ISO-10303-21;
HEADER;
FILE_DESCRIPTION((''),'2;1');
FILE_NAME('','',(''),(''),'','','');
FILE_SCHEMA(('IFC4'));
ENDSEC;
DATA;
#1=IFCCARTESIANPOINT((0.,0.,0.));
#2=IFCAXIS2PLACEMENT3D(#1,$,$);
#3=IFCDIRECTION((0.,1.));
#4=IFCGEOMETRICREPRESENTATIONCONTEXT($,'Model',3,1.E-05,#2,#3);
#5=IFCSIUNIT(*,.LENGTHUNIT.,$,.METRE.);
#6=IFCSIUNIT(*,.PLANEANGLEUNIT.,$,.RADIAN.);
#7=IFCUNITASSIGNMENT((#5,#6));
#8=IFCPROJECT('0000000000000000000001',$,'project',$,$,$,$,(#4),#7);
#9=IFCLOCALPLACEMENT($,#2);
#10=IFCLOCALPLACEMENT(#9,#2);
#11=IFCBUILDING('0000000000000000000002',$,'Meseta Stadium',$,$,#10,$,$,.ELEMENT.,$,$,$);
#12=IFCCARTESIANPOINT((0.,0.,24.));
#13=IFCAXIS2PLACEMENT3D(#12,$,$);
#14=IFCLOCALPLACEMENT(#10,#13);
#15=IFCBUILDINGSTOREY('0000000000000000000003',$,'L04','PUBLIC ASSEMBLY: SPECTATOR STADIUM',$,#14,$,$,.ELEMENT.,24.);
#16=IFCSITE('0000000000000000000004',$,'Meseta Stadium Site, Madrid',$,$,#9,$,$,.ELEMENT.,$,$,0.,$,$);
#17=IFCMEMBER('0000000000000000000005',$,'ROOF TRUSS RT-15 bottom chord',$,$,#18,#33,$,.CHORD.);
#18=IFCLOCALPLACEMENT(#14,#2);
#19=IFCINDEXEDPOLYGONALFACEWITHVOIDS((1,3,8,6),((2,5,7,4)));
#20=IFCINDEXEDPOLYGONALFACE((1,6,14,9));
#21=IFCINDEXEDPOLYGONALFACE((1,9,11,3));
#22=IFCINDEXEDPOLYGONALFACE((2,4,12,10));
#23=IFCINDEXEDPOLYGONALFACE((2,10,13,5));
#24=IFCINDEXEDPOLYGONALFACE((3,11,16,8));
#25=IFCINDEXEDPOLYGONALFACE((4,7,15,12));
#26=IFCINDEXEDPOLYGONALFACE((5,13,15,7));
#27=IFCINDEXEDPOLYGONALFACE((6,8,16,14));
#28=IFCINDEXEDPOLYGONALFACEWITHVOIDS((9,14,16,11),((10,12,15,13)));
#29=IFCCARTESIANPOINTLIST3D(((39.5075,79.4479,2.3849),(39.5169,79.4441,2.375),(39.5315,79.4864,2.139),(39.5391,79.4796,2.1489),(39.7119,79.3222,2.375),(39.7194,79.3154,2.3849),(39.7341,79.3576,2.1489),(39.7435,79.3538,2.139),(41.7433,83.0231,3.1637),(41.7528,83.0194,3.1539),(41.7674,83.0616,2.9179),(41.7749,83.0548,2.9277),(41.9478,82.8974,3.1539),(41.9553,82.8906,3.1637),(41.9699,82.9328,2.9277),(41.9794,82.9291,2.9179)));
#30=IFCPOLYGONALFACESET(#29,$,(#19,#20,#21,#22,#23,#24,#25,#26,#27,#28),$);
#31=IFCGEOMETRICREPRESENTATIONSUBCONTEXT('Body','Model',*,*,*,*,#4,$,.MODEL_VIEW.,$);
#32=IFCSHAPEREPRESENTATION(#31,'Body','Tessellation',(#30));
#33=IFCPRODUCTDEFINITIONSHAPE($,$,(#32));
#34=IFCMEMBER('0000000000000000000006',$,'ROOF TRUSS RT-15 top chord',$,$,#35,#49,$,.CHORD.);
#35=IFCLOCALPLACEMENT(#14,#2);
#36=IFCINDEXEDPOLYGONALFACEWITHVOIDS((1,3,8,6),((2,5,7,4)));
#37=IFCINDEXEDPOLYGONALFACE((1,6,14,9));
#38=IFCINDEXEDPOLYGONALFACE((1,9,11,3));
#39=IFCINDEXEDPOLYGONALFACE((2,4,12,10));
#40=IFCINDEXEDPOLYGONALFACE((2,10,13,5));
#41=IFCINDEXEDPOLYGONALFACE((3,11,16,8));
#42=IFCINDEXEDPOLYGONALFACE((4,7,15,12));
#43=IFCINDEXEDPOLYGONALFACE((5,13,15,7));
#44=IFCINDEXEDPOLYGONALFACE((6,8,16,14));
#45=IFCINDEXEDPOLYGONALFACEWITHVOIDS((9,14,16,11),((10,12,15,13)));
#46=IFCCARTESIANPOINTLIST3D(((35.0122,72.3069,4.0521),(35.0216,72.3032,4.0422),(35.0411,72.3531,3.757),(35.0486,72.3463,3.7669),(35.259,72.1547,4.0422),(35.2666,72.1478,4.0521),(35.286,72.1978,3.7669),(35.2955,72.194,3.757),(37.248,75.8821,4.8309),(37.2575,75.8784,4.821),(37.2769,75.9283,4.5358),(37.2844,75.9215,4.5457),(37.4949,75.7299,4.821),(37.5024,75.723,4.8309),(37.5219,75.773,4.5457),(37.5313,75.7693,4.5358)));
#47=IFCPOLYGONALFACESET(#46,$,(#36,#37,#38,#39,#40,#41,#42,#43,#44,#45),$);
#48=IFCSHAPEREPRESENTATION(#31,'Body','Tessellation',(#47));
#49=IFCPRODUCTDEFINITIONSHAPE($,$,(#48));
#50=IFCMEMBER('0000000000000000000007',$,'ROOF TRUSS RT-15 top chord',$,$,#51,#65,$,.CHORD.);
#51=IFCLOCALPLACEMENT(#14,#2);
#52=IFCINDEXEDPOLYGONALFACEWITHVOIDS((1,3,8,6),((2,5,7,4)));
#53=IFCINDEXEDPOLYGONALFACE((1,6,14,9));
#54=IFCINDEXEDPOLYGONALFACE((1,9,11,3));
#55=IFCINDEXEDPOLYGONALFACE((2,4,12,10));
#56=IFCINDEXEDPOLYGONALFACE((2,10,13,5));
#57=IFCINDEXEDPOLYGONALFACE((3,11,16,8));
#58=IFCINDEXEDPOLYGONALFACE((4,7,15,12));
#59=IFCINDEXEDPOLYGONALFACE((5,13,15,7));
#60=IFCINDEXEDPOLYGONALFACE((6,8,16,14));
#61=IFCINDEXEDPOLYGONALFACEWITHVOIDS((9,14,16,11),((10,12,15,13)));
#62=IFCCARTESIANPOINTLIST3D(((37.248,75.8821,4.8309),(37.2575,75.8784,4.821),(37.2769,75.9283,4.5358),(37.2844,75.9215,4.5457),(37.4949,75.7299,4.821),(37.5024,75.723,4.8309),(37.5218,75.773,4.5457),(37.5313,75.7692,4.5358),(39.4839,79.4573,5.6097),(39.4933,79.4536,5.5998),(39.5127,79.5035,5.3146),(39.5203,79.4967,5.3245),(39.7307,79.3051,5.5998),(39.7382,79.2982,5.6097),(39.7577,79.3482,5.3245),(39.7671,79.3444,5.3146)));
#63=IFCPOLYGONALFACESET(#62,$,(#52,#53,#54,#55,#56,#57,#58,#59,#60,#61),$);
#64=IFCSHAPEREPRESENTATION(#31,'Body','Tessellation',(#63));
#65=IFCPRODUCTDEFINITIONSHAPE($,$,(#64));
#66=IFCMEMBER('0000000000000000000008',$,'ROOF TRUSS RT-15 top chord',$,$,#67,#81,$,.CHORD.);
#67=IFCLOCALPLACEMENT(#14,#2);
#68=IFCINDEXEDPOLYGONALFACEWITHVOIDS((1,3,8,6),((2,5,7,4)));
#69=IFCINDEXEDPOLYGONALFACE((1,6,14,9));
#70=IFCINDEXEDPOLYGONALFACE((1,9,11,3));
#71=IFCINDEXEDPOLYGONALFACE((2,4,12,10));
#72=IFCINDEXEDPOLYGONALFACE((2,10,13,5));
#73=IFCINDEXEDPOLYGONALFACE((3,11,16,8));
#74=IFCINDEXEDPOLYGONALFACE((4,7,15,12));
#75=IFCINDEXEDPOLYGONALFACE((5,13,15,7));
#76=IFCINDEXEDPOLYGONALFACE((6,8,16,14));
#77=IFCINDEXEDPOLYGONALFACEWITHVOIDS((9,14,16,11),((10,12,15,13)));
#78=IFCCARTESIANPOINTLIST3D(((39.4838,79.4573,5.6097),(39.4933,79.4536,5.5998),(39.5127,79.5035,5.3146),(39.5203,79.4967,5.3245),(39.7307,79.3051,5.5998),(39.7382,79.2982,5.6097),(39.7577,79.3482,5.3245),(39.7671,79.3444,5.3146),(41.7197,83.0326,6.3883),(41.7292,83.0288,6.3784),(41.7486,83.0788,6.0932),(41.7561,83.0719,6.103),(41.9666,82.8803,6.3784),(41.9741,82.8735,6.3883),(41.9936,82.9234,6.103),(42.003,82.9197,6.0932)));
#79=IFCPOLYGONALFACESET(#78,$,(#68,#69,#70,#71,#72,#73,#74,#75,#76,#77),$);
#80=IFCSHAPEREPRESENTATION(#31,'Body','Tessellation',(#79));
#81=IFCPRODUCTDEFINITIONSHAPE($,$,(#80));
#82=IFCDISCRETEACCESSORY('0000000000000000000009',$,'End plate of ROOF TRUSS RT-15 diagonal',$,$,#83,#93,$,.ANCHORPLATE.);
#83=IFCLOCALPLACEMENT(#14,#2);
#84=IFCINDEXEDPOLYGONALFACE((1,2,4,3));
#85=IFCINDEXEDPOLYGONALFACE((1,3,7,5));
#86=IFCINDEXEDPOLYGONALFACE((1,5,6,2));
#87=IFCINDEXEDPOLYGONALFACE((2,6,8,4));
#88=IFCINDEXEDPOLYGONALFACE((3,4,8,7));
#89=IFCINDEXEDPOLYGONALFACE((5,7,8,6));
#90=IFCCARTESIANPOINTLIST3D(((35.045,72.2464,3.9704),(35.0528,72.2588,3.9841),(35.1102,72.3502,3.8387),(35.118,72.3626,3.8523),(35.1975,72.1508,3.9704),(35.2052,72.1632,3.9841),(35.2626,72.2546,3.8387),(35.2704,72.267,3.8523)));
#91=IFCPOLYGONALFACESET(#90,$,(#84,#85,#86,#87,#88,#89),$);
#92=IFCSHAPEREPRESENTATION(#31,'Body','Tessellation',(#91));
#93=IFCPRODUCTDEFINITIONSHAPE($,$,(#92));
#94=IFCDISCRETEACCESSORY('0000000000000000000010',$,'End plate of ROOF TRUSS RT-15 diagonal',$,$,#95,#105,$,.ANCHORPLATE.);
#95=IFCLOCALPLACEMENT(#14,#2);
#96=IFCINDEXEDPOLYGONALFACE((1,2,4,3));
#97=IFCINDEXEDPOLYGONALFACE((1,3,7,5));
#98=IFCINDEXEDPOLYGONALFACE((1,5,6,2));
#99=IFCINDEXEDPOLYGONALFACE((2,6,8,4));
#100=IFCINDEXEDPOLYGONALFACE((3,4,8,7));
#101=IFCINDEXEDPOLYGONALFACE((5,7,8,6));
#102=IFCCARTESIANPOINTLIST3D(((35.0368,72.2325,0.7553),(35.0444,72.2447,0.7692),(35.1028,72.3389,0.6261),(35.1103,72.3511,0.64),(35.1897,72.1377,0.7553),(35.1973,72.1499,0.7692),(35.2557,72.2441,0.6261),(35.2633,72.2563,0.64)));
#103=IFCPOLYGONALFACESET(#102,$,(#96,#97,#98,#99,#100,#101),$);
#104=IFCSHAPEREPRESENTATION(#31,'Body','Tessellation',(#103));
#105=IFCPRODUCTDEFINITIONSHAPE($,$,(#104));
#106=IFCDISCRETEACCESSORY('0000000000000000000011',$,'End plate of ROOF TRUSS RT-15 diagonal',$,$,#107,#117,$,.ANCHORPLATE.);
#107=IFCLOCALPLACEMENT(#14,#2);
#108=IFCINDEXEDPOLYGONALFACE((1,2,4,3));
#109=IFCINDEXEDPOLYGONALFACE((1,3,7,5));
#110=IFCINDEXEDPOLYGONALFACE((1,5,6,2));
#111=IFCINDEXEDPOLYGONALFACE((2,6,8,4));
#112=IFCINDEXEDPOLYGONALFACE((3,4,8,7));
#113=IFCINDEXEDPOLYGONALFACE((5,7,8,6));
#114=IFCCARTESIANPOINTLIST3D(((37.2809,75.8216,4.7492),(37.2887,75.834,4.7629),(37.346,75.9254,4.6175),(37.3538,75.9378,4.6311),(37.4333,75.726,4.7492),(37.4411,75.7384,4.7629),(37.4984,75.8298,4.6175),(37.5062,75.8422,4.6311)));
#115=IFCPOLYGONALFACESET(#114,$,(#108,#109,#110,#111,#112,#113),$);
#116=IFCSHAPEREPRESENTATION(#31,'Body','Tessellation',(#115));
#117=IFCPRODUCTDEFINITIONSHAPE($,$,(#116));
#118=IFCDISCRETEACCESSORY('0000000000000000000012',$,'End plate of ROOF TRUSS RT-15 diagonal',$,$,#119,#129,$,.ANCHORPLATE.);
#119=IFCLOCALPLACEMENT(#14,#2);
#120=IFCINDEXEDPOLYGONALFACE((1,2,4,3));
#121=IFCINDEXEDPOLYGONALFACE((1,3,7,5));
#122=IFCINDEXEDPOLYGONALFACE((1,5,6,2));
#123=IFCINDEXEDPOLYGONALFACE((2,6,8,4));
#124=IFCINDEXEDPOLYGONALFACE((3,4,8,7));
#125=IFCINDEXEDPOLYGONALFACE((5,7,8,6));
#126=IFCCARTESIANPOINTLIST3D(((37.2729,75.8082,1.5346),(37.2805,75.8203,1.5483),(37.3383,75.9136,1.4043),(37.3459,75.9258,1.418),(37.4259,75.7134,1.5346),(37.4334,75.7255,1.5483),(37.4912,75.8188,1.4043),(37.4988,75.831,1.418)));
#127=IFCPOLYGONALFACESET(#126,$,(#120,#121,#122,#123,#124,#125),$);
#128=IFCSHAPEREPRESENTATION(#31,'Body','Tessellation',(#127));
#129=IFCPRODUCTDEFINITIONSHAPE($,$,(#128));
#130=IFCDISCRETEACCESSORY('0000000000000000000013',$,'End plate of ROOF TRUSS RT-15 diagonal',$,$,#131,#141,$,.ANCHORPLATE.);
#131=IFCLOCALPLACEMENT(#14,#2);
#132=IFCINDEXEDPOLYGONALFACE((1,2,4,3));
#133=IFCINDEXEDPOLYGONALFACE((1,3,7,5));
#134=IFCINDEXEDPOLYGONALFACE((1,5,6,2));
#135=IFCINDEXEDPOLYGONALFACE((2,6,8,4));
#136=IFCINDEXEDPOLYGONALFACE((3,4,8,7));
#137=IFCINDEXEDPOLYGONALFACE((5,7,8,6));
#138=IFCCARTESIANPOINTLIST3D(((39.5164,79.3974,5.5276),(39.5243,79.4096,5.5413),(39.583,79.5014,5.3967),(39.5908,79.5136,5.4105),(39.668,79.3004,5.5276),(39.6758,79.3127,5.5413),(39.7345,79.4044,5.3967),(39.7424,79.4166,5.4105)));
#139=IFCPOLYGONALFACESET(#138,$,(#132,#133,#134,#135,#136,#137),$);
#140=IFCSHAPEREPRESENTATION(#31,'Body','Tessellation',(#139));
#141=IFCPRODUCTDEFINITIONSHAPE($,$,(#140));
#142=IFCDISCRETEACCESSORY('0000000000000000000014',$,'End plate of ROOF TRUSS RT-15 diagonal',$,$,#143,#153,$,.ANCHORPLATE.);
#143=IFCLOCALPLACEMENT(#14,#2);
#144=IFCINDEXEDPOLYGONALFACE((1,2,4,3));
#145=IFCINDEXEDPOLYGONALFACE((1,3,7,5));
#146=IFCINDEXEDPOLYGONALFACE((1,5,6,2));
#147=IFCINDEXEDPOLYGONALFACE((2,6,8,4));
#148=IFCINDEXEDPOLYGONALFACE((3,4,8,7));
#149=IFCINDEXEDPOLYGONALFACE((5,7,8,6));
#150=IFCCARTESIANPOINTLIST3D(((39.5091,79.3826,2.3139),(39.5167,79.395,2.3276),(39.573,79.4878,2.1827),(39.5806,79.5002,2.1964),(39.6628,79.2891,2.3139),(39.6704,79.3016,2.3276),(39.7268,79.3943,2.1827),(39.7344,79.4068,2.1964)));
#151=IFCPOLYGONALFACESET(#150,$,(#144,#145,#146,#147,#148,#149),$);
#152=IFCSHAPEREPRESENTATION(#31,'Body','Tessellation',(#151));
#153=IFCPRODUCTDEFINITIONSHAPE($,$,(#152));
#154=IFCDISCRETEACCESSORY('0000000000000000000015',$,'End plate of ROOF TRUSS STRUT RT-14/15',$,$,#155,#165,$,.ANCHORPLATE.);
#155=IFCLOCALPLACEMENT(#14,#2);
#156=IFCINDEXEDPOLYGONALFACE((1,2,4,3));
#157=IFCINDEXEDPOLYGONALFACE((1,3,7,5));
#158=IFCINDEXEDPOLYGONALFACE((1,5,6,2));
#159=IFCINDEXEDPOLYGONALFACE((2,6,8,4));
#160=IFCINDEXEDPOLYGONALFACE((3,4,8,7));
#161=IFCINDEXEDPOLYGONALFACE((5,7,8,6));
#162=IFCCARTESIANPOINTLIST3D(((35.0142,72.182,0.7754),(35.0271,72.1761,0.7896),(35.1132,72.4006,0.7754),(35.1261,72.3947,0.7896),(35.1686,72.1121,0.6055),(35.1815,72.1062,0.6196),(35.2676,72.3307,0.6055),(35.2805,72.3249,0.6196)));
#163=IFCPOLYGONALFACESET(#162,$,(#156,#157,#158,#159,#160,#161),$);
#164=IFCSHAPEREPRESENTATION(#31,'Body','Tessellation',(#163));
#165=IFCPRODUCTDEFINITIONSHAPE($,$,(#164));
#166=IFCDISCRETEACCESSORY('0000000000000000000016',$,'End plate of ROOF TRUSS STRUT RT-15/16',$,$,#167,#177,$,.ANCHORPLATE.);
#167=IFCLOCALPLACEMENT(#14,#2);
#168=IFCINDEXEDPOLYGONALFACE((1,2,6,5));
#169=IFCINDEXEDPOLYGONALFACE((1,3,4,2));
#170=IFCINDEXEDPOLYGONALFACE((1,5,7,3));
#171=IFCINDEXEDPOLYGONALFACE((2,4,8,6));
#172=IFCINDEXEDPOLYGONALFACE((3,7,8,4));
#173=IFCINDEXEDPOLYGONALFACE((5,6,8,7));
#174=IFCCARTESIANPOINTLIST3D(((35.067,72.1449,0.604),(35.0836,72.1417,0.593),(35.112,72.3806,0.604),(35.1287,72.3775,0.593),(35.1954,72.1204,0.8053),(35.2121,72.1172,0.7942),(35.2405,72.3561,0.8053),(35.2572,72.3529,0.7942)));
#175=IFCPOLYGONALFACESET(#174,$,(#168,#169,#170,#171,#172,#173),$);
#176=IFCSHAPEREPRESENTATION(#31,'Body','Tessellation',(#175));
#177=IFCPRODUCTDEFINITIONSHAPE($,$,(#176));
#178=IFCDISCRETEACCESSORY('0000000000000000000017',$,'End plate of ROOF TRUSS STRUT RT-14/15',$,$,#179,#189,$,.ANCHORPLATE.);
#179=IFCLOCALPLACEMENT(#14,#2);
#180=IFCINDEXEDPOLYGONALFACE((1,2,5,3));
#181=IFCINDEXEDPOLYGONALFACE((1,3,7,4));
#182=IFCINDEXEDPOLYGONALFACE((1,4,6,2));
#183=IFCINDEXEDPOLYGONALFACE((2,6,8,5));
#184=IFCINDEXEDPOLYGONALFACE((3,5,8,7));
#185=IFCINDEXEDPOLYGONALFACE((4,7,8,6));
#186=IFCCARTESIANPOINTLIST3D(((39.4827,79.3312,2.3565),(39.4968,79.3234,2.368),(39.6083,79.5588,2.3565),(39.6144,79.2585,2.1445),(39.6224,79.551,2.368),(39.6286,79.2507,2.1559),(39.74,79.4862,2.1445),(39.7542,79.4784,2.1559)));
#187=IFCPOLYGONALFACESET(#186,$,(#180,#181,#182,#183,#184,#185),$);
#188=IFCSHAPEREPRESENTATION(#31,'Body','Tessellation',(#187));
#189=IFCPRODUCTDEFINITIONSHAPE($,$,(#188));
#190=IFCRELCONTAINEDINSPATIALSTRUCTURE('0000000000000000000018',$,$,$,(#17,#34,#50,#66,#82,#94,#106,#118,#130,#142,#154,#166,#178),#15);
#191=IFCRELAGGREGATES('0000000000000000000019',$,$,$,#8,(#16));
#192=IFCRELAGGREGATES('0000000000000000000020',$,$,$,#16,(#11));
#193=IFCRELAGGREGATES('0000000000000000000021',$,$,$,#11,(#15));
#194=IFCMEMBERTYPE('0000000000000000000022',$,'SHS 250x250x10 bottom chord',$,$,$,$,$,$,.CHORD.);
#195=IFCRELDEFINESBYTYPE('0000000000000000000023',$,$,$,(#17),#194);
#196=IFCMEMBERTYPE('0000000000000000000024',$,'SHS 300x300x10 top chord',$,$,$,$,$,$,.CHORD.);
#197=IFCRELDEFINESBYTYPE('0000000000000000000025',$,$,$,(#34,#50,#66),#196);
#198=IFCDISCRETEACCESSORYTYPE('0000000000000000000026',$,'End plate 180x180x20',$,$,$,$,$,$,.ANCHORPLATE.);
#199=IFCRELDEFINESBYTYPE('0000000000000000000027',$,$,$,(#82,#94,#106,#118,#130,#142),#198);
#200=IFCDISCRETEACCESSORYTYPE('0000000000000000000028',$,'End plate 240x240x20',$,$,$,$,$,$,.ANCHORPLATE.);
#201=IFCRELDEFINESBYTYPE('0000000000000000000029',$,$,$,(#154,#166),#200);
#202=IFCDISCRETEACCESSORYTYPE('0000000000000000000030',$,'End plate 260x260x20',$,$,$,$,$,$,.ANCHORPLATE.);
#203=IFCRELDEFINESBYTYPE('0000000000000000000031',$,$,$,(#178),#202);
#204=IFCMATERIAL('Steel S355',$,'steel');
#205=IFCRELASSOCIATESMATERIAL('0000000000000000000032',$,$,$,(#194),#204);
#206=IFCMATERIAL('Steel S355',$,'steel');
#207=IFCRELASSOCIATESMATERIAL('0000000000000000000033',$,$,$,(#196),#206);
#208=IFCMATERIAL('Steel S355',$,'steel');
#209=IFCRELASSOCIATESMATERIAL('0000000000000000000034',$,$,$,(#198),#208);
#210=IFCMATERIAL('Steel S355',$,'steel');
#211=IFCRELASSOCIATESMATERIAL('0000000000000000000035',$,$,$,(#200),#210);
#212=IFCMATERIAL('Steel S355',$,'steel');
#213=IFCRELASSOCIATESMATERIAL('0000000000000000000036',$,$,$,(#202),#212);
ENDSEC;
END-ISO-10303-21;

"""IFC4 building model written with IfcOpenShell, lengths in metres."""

from ifc_helpers import new_model, si_unit, direction, frame, origin, origin_2d, place, context, subcontext, project, spatial, rectangle, hollow_rectangle, extrude, material, material_profile, profile_set, type_object, element, save


model = new_model("IFC4")

# Units and contexts
model_context = context("Model", 3, precision=1e-05, world=origin(), true_north=direction((0.0, 1.0)))
body_context = subcontext(model_context, "Body", "Model", "MODEL_VIEW")
ifc_project = project(units=[si_unit("LENGTHUNIT", "METRE"), si_unit("PLANEANGLEUNIT", "RADIAN")], contexts=[model_context])

# Site, building, storey
site_placement = place(None, origin())
site = spatial("IfcSite", under=ifc_project, at=site_placement, Name="Meseta Stadium Site, Madrid", CompositionType="ELEMENT", RefElevation=0.0)
building_placement = place(site_placement, origin())
building = spatial("IfcBuilding", under=site, at=building_placement, Name="Meseta Stadium", CompositionType="ELEMENT")
storey_placement = place(building_placement, frame((0.0, 0.0, 24.0)))
storey = spatial("IfcBuildingStorey", under=building, at=storey_placement, Name="L04", Description="PUBLIC ASSEMBLY: SPECTATOR STADIUM", CompositionType="ELEMENT", Elevation=24.0)

# Members
ifc_material_1 = material(Name="Steel S355", Category="steel")
ifc_material_profile_1 = material_profile(ifc_material_1, hollow_rectangle(XDim=0.25, YDim=0.25, WallThickness=0.01, at=origin_2d()), Name="SHS 250x250x10")
ifc_profile_set_1 = profile_set([ifc_material_profile_1], Name="Steel S355")
member_type_1 = type_object("IfcMemberType", Name="SHS 250x250x10 bottom chord", PredefinedType="CHORD", material=ifc_profile_set_1)
for number, where, z_axis, x_axis, name in (
    (1, (39.6255, 79.4009, 2.262), (0.521409, 0.833754, 0.181622), (-0.847855, 0.530228, 0.0), "ROOF TRUSS RT-15 bottom chord"),
):
    element("IfcMember", number, at=place(storey_placement, frame(where, z_axis=z_axis, x_axis=x_axis)), inside=storey, type_object=member_type_1, Name=name, PredefinedType="CHORD", context=body_context, shape_type="SweptSolid", body=[
        extrude(hollow_rectangle(XDim=0.25, YDim=0.25, WallThickness=0.01, at=origin_2d()), origin(), (0.0, 0.0, 1.0), 4.2881),
    ])
ifc_material_2 = material(Name="Steel S355", Category="steel")
ifc_material_profile_2 = material_profile(ifc_material_2, hollow_rectangle(XDim=0.3, YDim=0.3, WallThickness=0.01, at=origin_2d()), Name="SHS 300x300x10")
ifc_profile_set_2 = profile_set([ifc_material_profile_2], Name="Steel S355")
member_type_2 = type_object("IfcMemberType", Name="SHS 300x300x10 top chord", PredefinedType="CHORD", material=ifc_profile_set_2)
for number, where, z_axis, x_axis, name in (
    (2, (35.1538, 72.2505, 3.9045), (0.521409, 0.833754, 0.181622), (-0.847855, 0.530228, 0.0), "ROOF TRUSS RT-15 top chord"),
    (3, (37.3896, 75.8257, 4.6833), (0.521409, 0.833754, 0.181622), (-0.847855, 0.530228, 0.0), "ROOF TRUSS RT-15 top chord"),
    (4, (39.6255, 79.4009, 5.4622), (0.521415, 0.833763, 0.181567), (-0.847855, 0.530228, 0.0), "ROOF TRUSS RT-15 top chord"),
):
    element("IfcMember", number, at=place(storey_placement, frame(where, z_axis=z_axis, x_axis=x_axis)), inside=storey, type_object=member_type_2, Name=name, PredefinedType="CHORD", context=body_context, shape_type="SweptSolid", body=[
        extrude(hollow_rectangle(XDim=0.3, YDim=0.3, WallThickness=0.01, at=origin_2d()), origin(), (0.0, 0.0, 1.0), 4.2881),
    ])

# Discrete accessories
ifc_material_3 = material(Name="Steel S355", Category="steel")
ifc_material_profile_3 = material_profile(ifc_material_3, rectangle(XDim=0.1799, YDim=0.1799, at=origin_2d()), Name="PL 180x180")
ifc_profile_set_3 = profile_set([ifc_material_profile_3], Name="Steel S355")
discrete_accessory_type_1 = type_object("IfcDiscreteAccessoryType", Name="End plate 180x180x20", PredefinedType="ANCHORPLATE", material=ifc_profile_set_3)
for number, where, z_axis, x_axis, name in (
    (5, (35.1538, 72.2505, 3.9045), (0.389175, 0.620247, 0.681056), (-0.847064, 0.531491, 0.0), "End plate of ROOF TRUSS RT-15 diagonal"),
    (6, (35.1462, 72.2383, 0.6907), (0.378443, 0.610392, 0.695847), (-0.849903, 0.52694, 0.0), "End plate of ROOF TRUSS RT-15 diagonal"),
    (7, (37.3896, 75.8257, 4.6833), (0.389175, 0.620247, 0.681056), (-0.847064, 0.531491, 0.0), "End plate of ROOF TRUSS RT-15 diagonal"),
):
    element("IfcDiscreteAccessory", number, at=place(storey_placement, frame(where, z_axis=z_axis, x_axis=x_axis)), inside=storey, type_object=discrete_accessory_type_1, Name=name, PredefinedType="ANCHORPLATE", context=body_context, shape_type="SweptSolid", body=[
        extrude(rectangle(XDim=0.1799, YDim=0.1799, at=origin_2d()), origin(), (0.0, 0.0, 1.0), 0.02),
    ])
discrete_accessory_1_placement = place(storey_placement, frame((37.3821, 75.8135, 1.4695), z_axis=(0.38167, 0.615597, 0.689469), x_axis=(-0.849903, 0.52694, 0.0)))
element("IfcDiscreteAccessory", 8, at=discrete_accessory_1_placement, inside=storey, type_object=discrete_accessory_type_1, Name="End plate of ROOF TRUSS RT-15 diagonal", PredefinedType="ANCHORPLATE", context=body_context, shape_type="SweptSolid", body=[
    extrude(rectangle(XDim=0.1799, YDim=0.1799, at=origin_2d()), origin(), (0.0, 0.0, 1.0), 0.0198),
])
for number, where, z_axis, x_axis, name in (
    (9, (39.6255, 79.4009, 5.4622), (0.392114, 0.612679, 0.6862), (-0.842271, 0.539054, 0.0), "End plate of ROOF TRUSS RT-15 diagonal"),
    (10, (39.6179, 79.3884, 2.2483), (0.378782, 0.623157, 0.684251), (-0.854522, 0.519415, 0.0), "End plate of ROOF TRUSS RT-15 diagonal"),
):
    element("IfcDiscreteAccessory", number, at=place(storey_placement, frame(where, z_axis=z_axis, x_axis=x_axis)), inside=storey, type_object=discrete_accessory_type_1, Name=name, PredefinedType="ANCHORPLATE", context=body_context, shape_type="SweptSolid", body=[
        extrude(rectangle(XDim=0.1799, YDim=0.1799, at=origin_2d()), origin(), (0.0, 0.0, 1.0), 0.02),
    ])
ifc_material_4 = material(Name="Steel S355", Category="steel")
ifc_material_profile_4 = material_profile(ifc_material_4, rectangle(XDim=0.24, YDim=0.24, at=origin_2d()), Name="PL 240x240")
ifc_profile_set_4 = profile_set([ifc_material_profile_4], Name="Steel S355")
discrete_accessory_type_2 = type_object("IfcDiscreteAccessoryType", Name="End plate 240x240x20", PredefinedType="ANCHORPLATE", material=ifc_profile_set_4)
discrete_accessory_2_placement = place(storey_placement, frame((35.1538, 72.2505, 0.7046), z_axis=(-0.645143, 0.29214, -0.706006), x_axis=(-0.412508, -0.910954, 0.0)))
element("IfcDiscreteAccessory", 11, at=discrete_accessory_2_placement, inside=storey, type_object=discrete_accessory_type_2, Name="End plate of ROOF TRUSS STRUT RT-14/15", PredefinedType="ANCHORPLATE", context=body_context, shape_type="SweptSolid", body=[
    extrude(rectangle(XDim=0.24, YDim=0.24, at=origin_2d()), origin(), (0.0, 0.0, 1.0), 0.02),
])
discrete_accessory_3_placement = place(storey_placement, frame((35.1704, 72.2473, 0.6936), z_axis=(-0.823532, 0.15744, 0.544984), x_axis=(-0.187776, -0.982212, 0.0)))
element("IfcDiscreteAccessory", 12, at=discrete_accessory_3_placement, inside=storey, type_object=discrete_accessory_type_2, Name="End plate of ROOF TRUSS STRUT RT-15/16", PredefinedType="ANCHORPLATE", context=body_context, shape_type="SweptSolid", body=[
    extrude(rectangle(XDim=0.24, YDim=0.24, at=origin_2d()), origin(), (0.0, 0.0, 1.0), 0.0203),
])
ifc_material_5 = material(Name="Steel S355", Category="steel")
ifc_material_profile_5 = material_profile(ifc_material_5, rectangle(XDim=0.26, YDim=0.26, at=origin_2d()), Name="PL 260x260")
ifc_profile_set_5 = profile_set([ifc_material_profile_5], Name="Steel S355")
discrete_accessory_type_3 = type_object("IfcDiscreteAccessoryType", Name="End plate 260x260x20", PredefinedType="ANCHORPLATE", material=ifc_profile_set_5)
discrete_accessory_4_placement = place(storey_placement, frame((39.6255, 79.4009, 2.262), z_axis=(-0.714093, 0.393982, -0.578662), x_axis=(-0.483077, -0.875578, 0.0)))
element("IfcDiscreteAccessory", 13, at=discrete_accessory_4_placement, inside=storey, type_object=discrete_accessory_type_3, Name="End plate of ROOF TRUSS STRUT RT-14/15", PredefinedType="ANCHORPLATE", context=body_context, shape_type="SweptSolid", body=[
    extrude(rectangle(XDim=0.26, YDim=0.26, at=origin_2d()), origin(), (0.0, 0.0, 1.0), 0.0198),
])

save(model, "model.ifc")
